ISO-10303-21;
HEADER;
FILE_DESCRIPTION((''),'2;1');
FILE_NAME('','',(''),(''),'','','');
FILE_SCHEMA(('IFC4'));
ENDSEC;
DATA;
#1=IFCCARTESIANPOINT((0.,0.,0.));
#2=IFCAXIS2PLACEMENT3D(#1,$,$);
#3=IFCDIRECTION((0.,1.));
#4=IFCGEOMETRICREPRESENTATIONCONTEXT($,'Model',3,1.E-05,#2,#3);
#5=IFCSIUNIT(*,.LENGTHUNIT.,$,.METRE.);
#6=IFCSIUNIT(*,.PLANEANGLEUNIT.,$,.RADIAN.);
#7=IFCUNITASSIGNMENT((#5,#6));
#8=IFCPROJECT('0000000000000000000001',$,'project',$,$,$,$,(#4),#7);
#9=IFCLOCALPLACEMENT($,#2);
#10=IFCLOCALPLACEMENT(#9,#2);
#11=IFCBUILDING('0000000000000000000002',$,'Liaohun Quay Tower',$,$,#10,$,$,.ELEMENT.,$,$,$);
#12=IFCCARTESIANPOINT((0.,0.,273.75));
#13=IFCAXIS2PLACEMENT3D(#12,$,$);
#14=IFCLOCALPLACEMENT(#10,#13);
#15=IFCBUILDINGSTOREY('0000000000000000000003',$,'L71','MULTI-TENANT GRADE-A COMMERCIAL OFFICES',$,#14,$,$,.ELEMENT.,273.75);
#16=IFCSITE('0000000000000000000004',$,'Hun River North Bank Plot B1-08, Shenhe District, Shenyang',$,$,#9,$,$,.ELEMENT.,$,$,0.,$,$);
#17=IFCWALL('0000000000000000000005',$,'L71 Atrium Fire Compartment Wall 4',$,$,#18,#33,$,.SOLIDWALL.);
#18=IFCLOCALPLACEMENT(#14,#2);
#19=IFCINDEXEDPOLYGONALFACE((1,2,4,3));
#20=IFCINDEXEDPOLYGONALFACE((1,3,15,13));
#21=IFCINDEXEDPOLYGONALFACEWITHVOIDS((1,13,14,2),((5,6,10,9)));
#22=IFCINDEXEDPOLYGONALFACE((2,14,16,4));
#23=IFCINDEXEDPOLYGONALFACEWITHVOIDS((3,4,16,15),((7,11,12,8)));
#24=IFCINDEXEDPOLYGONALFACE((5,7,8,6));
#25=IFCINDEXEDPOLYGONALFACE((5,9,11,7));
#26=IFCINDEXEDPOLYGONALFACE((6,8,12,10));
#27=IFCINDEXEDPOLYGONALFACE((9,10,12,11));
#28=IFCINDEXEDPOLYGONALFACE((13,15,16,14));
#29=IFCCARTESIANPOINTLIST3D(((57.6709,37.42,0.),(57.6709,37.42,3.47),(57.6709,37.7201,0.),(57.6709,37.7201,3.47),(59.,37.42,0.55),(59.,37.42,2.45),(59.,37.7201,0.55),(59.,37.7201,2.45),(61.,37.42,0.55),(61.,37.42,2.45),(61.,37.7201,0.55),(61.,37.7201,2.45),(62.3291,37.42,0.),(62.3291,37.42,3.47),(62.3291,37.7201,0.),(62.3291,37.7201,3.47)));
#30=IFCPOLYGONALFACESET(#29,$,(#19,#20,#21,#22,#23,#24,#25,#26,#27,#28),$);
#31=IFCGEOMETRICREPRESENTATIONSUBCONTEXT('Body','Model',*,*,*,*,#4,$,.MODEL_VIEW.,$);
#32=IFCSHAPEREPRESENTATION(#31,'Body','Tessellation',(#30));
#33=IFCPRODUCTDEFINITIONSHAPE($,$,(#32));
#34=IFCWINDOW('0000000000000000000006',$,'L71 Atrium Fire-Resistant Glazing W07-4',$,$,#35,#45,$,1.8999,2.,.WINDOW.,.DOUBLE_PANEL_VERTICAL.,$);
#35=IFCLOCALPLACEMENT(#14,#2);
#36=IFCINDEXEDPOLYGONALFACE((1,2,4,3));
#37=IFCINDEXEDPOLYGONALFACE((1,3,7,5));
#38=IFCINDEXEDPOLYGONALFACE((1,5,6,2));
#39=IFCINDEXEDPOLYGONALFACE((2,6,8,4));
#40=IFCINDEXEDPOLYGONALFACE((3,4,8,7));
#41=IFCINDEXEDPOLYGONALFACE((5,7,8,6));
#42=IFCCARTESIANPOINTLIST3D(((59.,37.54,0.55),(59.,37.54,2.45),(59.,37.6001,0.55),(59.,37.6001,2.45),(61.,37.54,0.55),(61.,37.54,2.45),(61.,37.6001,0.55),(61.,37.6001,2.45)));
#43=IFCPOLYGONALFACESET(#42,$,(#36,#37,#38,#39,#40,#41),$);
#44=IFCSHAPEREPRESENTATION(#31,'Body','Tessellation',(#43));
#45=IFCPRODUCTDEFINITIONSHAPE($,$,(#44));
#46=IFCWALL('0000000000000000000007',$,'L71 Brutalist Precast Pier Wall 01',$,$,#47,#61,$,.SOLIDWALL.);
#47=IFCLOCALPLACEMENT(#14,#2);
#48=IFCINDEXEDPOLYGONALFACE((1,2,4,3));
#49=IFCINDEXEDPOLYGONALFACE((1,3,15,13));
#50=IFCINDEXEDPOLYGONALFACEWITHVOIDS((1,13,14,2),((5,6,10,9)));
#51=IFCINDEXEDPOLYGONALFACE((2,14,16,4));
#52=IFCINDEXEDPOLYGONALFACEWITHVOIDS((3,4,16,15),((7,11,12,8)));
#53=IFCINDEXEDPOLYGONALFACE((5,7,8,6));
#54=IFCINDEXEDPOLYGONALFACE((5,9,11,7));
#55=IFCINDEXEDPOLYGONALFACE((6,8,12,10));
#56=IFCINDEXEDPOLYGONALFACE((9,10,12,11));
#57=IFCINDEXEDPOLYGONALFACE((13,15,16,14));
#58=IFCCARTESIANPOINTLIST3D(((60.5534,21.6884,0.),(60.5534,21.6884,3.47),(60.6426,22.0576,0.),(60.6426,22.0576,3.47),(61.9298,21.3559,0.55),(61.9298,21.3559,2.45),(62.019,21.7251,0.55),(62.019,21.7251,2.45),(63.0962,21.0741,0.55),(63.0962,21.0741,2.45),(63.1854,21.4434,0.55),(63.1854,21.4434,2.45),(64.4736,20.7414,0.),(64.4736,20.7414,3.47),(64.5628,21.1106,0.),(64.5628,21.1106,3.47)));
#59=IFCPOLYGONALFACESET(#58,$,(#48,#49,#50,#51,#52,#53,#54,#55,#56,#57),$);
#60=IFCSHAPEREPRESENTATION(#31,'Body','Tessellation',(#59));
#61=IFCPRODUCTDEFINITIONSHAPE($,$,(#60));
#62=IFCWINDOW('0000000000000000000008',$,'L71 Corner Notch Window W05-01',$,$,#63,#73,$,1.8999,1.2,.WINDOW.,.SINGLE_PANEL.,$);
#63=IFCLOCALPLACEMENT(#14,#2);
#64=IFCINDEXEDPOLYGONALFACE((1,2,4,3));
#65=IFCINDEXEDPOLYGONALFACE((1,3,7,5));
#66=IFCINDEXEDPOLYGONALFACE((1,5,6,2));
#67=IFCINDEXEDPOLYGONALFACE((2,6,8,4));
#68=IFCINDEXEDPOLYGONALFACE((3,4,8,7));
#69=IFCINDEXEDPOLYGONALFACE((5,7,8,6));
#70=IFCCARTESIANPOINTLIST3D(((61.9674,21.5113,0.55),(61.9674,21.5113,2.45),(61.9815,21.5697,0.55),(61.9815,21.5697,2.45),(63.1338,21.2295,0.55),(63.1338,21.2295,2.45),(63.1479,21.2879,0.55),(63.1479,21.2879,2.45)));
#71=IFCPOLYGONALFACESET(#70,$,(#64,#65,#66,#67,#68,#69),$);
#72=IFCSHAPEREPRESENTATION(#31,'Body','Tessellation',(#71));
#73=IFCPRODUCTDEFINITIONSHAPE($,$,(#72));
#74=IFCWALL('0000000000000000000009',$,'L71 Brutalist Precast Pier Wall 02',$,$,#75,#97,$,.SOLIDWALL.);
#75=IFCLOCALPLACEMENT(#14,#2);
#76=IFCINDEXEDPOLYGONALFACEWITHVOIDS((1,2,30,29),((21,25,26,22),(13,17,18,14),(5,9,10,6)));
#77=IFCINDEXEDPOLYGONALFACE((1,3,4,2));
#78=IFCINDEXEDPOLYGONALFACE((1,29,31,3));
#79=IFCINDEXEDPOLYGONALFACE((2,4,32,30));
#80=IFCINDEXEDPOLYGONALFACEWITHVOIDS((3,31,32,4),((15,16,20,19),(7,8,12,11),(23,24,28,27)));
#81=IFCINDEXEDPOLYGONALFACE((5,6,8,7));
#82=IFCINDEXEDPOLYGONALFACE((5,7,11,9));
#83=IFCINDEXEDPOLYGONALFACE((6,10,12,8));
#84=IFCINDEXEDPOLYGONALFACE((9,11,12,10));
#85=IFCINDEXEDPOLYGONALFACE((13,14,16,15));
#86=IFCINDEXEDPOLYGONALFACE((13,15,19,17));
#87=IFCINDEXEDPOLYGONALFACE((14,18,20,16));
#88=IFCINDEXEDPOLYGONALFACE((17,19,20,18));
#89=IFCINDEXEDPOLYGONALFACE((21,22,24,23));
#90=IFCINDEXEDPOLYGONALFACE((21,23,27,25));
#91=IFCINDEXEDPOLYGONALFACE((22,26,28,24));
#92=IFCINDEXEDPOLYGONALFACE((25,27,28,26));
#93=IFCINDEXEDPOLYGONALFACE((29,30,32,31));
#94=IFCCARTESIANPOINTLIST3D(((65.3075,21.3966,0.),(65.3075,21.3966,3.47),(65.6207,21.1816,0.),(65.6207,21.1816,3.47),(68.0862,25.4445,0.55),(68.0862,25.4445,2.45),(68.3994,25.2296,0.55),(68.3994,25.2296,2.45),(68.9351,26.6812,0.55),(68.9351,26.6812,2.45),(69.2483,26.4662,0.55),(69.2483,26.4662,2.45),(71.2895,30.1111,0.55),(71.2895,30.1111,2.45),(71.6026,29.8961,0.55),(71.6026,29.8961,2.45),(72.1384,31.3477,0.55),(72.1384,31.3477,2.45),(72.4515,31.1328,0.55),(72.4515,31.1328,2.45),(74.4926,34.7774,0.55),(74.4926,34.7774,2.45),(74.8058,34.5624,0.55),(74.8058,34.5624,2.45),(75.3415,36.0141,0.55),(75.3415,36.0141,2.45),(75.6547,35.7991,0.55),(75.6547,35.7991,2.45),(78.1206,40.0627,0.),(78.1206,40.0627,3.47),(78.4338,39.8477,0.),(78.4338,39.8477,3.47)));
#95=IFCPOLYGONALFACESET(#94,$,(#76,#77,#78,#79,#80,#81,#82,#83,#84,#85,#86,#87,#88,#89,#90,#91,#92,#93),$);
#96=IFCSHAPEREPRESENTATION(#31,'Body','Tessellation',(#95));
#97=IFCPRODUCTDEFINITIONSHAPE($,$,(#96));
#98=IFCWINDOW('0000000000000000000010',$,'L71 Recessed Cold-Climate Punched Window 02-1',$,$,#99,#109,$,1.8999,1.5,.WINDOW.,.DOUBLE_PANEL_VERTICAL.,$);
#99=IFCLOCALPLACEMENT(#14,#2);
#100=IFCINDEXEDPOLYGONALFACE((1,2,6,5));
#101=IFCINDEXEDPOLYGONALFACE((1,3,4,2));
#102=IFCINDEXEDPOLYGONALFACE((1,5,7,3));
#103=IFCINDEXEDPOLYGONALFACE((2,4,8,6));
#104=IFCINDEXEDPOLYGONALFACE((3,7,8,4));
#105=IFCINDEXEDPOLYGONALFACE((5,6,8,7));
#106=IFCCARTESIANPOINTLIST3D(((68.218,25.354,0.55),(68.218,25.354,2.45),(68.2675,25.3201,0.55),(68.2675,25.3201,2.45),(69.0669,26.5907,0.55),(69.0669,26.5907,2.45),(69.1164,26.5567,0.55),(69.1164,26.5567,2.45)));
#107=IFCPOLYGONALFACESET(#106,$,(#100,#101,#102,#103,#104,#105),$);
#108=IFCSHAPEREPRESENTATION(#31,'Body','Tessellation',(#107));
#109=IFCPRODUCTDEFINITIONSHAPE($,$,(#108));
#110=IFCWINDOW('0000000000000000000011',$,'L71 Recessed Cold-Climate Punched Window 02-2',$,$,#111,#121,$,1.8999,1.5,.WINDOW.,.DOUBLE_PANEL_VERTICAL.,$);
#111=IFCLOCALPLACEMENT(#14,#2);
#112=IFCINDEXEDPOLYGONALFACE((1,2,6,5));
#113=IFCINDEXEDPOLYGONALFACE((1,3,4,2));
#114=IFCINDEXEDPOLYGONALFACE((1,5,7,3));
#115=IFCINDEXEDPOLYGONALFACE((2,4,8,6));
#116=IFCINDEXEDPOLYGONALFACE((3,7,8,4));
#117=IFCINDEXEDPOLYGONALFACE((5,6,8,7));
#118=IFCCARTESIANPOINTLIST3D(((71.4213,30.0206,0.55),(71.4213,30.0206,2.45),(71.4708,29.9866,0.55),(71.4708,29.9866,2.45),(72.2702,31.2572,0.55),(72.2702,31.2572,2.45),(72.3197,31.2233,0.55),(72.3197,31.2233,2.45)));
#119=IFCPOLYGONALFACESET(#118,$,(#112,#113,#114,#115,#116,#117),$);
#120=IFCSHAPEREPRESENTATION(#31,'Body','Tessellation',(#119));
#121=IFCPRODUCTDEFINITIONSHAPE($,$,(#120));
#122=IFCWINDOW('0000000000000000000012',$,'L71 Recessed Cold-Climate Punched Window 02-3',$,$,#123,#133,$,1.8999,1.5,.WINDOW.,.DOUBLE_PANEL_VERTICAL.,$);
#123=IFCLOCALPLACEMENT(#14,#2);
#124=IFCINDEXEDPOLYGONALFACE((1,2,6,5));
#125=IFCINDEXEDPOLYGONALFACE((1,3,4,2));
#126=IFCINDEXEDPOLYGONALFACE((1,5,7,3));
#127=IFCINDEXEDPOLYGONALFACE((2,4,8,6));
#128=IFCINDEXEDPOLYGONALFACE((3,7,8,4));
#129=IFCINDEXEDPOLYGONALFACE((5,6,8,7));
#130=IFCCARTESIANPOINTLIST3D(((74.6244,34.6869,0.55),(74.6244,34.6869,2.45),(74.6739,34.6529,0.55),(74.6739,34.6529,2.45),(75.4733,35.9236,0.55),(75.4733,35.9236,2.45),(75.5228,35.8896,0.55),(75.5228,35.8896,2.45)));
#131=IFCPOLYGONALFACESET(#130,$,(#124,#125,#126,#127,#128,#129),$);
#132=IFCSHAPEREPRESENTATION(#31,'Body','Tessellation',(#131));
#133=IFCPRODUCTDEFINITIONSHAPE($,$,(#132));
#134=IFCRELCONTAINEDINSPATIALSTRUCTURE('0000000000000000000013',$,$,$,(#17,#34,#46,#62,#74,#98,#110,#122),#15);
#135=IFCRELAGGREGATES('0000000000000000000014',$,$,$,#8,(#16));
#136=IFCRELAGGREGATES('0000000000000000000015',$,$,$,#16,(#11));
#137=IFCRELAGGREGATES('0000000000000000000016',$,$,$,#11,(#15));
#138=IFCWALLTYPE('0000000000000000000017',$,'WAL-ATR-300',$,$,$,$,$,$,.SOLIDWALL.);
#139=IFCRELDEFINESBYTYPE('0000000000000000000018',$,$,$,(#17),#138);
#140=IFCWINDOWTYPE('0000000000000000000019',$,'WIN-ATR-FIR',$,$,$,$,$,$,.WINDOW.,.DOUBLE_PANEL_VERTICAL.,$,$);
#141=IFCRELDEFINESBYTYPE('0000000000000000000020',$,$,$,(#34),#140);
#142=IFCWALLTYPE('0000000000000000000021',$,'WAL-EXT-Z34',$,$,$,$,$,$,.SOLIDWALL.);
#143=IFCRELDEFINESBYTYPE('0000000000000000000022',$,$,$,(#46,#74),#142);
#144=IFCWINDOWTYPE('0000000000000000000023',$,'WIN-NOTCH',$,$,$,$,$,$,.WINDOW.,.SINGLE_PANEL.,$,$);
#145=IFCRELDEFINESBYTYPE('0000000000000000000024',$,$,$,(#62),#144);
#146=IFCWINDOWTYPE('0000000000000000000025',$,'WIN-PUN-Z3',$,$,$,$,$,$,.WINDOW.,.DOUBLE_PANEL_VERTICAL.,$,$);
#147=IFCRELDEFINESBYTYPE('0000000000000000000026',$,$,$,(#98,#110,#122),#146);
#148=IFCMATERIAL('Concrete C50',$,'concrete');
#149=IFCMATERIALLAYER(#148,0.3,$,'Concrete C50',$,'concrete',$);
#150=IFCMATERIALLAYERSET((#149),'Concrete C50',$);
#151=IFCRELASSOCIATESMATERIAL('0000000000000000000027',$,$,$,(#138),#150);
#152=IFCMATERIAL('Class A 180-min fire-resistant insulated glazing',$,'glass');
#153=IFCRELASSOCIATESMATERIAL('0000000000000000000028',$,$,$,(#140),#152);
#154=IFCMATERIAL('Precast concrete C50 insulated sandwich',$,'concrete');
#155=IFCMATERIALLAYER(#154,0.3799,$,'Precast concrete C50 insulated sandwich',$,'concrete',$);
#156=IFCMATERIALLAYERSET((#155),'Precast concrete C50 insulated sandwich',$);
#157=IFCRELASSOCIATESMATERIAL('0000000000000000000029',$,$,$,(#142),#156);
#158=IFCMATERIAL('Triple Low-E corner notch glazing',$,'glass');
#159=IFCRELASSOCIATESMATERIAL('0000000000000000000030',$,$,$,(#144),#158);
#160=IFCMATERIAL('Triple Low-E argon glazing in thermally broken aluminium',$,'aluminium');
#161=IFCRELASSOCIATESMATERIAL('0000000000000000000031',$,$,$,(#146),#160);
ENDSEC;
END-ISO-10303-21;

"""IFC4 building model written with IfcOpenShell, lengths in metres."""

from ifc_helpers import new_model, si_unit, direction, frame, frame_2d, origin, place, context, subcontext, project, spatial, rectangle, extrude, source, transform, mapped, material, layer, layer_set, type_object, element, fill, save


model = new_model("IFC4")

# Units and contexts
model_context = context("Model", 3, precision=1e-05, world=origin(), true_north=direction((0.0, 1.0)))
body_context = subcontext(model_context, "Body", "Model", "MODEL_VIEW")
ifc_project = project(units=[si_unit("LENGTHUNIT", "METRE"), si_unit("PLANEANGLEUNIT", "RADIAN")], contexts=[model_context])

# Site, building, storey
site_placement = place(None, origin())
site = spatial("IfcSite", under=ifc_project, at=site_placement, Name="Hun River North Bank Plot B1-08, Shenhe District, Shenyang", CompositionType="ELEMENT", RefElevation=0.0)
building_placement = place(site_placement, origin())
building = spatial("IfcBuilding", under=site, at=building_placement, Name="Liaohun Quay Tower", CompositionType="ELEMENT")
storey_placement = place(building_placement, frame((0.0, 0.0, 273.75)))
storey = spatial("IfcBuildingStorey", under=building, at=storey_placement, Name="L71", Description="MULTI-TENANT GRADE-A COMMERCIAL OFFICES", CompositionType="ELEMENT", Elevation=273.75)

# Walls, openings, windows
ifc_material_1 = material(Name="Concrete C50", Category="concrete")
ifc_layer_1 = layer(ifc_material_1, 0.3, Name="Concrete C50", Category="concrete")
ifc_layer_set_1 = layer_set([ifc_layer_1], Name="Concrete C50")
wall_type_1 = type_object("IfcWallType", Name="WAL-ATR-300", PredefinedType="SOLIDWALL", material=ifc_layer_set_1)
shared_shape_1 = source(origin(), body_context, "Body", "SweptSolid", [
    extrude(rectangle(XDim=2.0, YDim=1.8999, at=frame_2d((1.0, 0.95))), frame((0.0, 0.1599, 0.0), z_axis=(0.0, -1.0, 0.0), x_axis=(1.0, 0.0, 0.0)), (0.0, 0.0, 1.0), 0.3201),
])
ifc_material_2 = material(Name="Class A 180-min fire-resistant insulated glazing", Category="glass")
window_type_1 = type_object("IfcWindowType", Name="WIN-ATR-FIR", PartitioningType="DOUBLE_PANEL_VERTICAL", PredefinedType="WINDOW", material=ifc_material_2)
shared_shape_2 = source(origin(), body_context, "Body", "SweptSolid", [
    extrude(rectangle(XDim=2.0, YDim=1.8999, at=frame_2d((1.0, 0.95))), frame((0.0, 0.03, 0.0), z_axis=(0.0, -1.0, 0.0), x_axis=(1.0, 0.0, 0.0)), (0.0, 0.0, 1.0), 0.0601),
])
wall_1_placement = place(storey_placement, frame((62.3291, 37.5701, 0.0), z_axis=(0.0, 0.0, 1.0), x_axis=(-1.0, 0.0, 0.0)))
wall_1 = element("IfcWall", 1, at=wall_1_placement, inside=storey, type_object=wall_type_1, Name="L71 Atrium Fire Compartment Wall 4", PredefinedType="SOLIDWALL", context=body_context, shape_type="SweptSolid", body=[
    extrude(rectangle(XDim=4.6582, YDim=0.3, at=frame_2d((2.3291, 0.0))), origin(), (0.0, 0.0, 1.0), 3.47),
])
opening_1_placement = place(wall_1_placement, frame((1.3291, 0.0, 0.55)))
opening_1 = element("IfcOpeningElement", 2, at=opening_1_placement, cuts=wall_1, PredefinedType="OPENING", context=body_context, shape_type="MappedRepresentation", body=[
    mapped(shared_shape_1, transform((0.0, 0.0, 0.0), x_axis=(1.0, 0.0, 0.0), y_axis=(0.0, 1.0, 0.0), z_axis=(0.0, 0.0, 1.0), scale=1.0)),
])
window_1_placement = place(opening_1_placement, origin())
window_1 = element("IfcWindow", 3, at=window_1_placement, inside=storey, type_object=window_type_1, Name="L71 Atrium Fire-Resistant Glazing W07-4", OverallHeight=1.8999, OverallWidth=2.0, PartitioningType="DOUBLE_PANEL_VERTICAL", PredefinedType="WINDOW", context=body_context, shape_type="MappedRepresentation", body=[
    mapped(shared_shape_2, transform((0.0, 0.0, 0.0), x_axis=(1.0, 0.0, 0.0), y_axis=(0.0, 1.0, 0.0), z_axis=(0.0, 0.0, 1.0), scale=1.0)),
])
fill(opening_1, window_1)
ifc_material_3 = material(Name="Precast concrete C50 insulated sandwich", Category="concrete")
ifc_layer_2 = layer(ifc_material_3, 0.3799, Name="Precast concrete C50 insulated sandwich", Category="concrete")
ifc_layer_set_2 = layer_set([ifc_layer_2], Name="Precast concrete C50 insulated sandwich")
wall_type_2 = type_object("IfcWallType", Name="WAL-EXT-Z34", PredefinedType="SOLIDWALL", material=ifc_layer_set_2)
wall_2_placement = place(storey_placement, frame((60.5979, 21.873, 0.0), z_axis=(0.0, 0.0, 1.0), x_axis=(0.972038, -0.234822, 0.0)))
wall_2 = element("IfcWall", 4, at=wall_2_placement, inside=storey, type_object=wall_type_2, Name="L71 Brutalist Precast Pier Wall 01", PredefinedType="SOLIDWALL", context=body_context, shape_type="SweptSolid", body=[
    extrude(rectangle(XDim=4.033, YDim=0.3799, at=frame_2d((2.0166, 0.0))), origin(), (0.0, 0.0, 1.0), 3.47),
])
shared_shape_3 = source(origin(), body_context, "Body", "SweptSolid", [
    extrude(rectangle(XDim=1.2, YDim=1.8999, at=frame_2d((0.6001, 0.95))), frame((0.0, 0.2, 0.0), z_axis=(0.0, -1.0, 0.0), x_axis=(1.0, 0.0, 0.0)), (0.0, 0.0, 1.0), 0.3999),
])
opening_2_placement = place(wall_2_placement, frame((1.416, 0.0, 0.55)))
opening_2 = element("IfcOpeningElement", 5, at=opening_2_placement, cuts=wall_2, PredefinedType="OPENING", context=body_context, shape_type="MappedRepresentation", body=[
    mapped(shared_shape_3, transform((0.0, 0.0, 0.0), x_axis=(1.0, 0.0, 0.0), y_axis=(0.0, 1.0, 0.0), z_axis=(0.0, 0.0, 1.0), scale=1.0)),
])
ifc_material_4 = material(Name="Triple Low-E corner notch glazing", Category="glass")
window_type_2 = type_object("IfcWindowType", Name="WIN-NOTCH", PartitioningType="SINGLE_PANEL", PredefinedType="WINDOW", material=ifc_material_4)
shared_shape_4 = source(origin(), body_context, "Body", "SweptSolid", [
    extrude(rectangle(XDim=1.2, YDim=1.8999, at=frame_2d((0.6001, 0.95))), frame((0.0, 0.03, 0.0), z_axis=(0.0, -1.0, 0.0), x_axis=(1.0, 0.0, 0.0)), (0.0, 0.0, 1.0), 0.0601),
])
window_2_placement = place(opening_2_placement, origin())
window_2 = element("IfcWindow", 6, at=window_2_placement, inside=storey, type_object=window_type_2, Name="L71 Corner Notch Window W05-01", OverallHeight=1.8999, OverallWidth=1.2, PartitioningType="SINGLE_PANEL", PredefinedType="WINDOW", context=body_context, shape_type="MappedRepresentation", body=[
    mapped(shared_shape_4, transform((0.0, 0.0, 0.0), x_axis=(1.0, 0.0, 0.0), y_axis=(0.0, 1.0, 0.0), z_axis=(0.0, 0.0, 1.0), scale=1.0)),
])
fill(opening_2, window_2)

# Wall, openings, windows
wall_3_placement = place(storey_placement, frame((65.4641, 21.2891, 0.0), z_axis=(0.0, 0.0, 1.0), x_axis=(0.565932, 0.824452, 0.0)))
wall_3 = element("IfcWall", 7, at=wall_3_placement, inside=storey, type_object=wall_type_2, Name="L71 Brutalist Precast Pier Wall 02", PredefinedType="SOLIDWALL", context=body_context, shape_type="SweptSolid", body=[
    extrude(rectangle(XDim=22.6406, YDim=0.3799, at=frame_2d((11.3203, 0.0))), origin(), (0.0, 0.0, 1.0), 3.47),
])
shared_shape_5 = source(origin(), body_context, "Body", "SweptSolid", [
    extrude(rectangle(XDim=1.5, YDim=1.8999, at=frame_2d((0.75, 0.95))), frame((0.0, 0.2, 0.0), z_axis=(0.0, -1.0, 0.0), x_axis=(1.0, 0.0, 0.0)), (0.0, 0.0, 1.0), 0.3999),
])
opening_3_placement = place(wall_3_placement, frame((4.9099, 0.0, 0.55)))
opening_3 = element("IfcOpeningElement", 8, at=opening_3_placement, cuts=wall_3, PredefinedType="OPENING", context=body_context, shape_type="MappedRepresentation", body=[
    mapped(shared_shape_5, transform((0.0, 0.0, 0.0), x_axis=(1.0, 0.0, 0.0), y_axis=(0.0, 1.0, 0.0), z_axis=(0.0, 0.0, 1.0), scale=1.0)),
])
opening_4_placement = place(wall_3_placement, frame((10.5701, 0.0, 0.55)))
opening_4 = element("IfcOpeningElement", 9, at=opening_4_placement, cuts=wall_3, PredefinedType="OPENING", context=body_context, shape_type="MappedRepresentation", body=[
    mapped(shared_shape_5, transform((0.0, 0.0, 0.0), x_axis=(1.0, 0.0, 0.0), y_axis=(0.0, 1.0, 0.0), z_axis=(0.0, 0.0, 1.0), scale=1.0)),
])
opening_5_placement = place(wall_3_placement, frame((16.23, 0.0, 0.55)))
opening_5 = element("IfcOpeningElement", 10, at=opening_5_placement, cuts=wall_3, PredefinedType="OPENING", context=body_context, shape_type="MappedRepresentation", body=[
    mapped(shared_shape_5, transform((0.0, 0.0, 0.0), x_axis=(1.0, 0.0, 0.0), y_axis=(0.0, 1.0, 0.0), z_axis=(0.0, 0.0, 1.0), scale=1.0)),
])
ifc_material_5 = material(Name="Triple Low-E argon glazing in thermally broken aluminium", Category="aluminium")
window_type_3 = type_object("IfcWindowType", Name="WIN-PUN-Z3", PartitioningType="DOUBLE_PANEL_VERTICAL", PredefinedType="WINDOW", material=ifc_material_5)
shared_shape_6 = source(origin(), body_context, "Body", "SweptSolid", [
    extrude(rectangle(XDim=1.5, YDim=1.8999, at=frame_2d((0.75, 0.95))), frame((0.0, 0.03, 0.0), z_axis=(0.0, -1.0, 0.0), x_axis=(1.0, 0.0, 0.0)), (0.0, 0.0, 1.0), 0.0601),
])
window_3_placement = place(opening_3_placement, origin())
window_3 = element("IfcWindow", 11, at=window_3_placement, inside=storey, type_object=window_type_3, Name="L71 Recessed Cold-Climate Punched Window 02-1", OverallHeight=1.8999, OverallWidth=1.5, PartitioningType="DOUBLE_PANEL_VERTICAL", PredefinedType="WINDOW", context=body_context, shape_type="MappedRepresentation", body=[
    mapped(shared_shape_6, transform((0.0, 0.0, 0.0), x_axis=(1.0, 0.0, 0.0), y_axis=(0.0, 1.0, 0.0), z_axis=(0.0, 0.0, 1.0), scale=1.0)),
])
fill(opening_3, window_3)
window_4_placement = place(opening_4_placement, origin())
window_4 = element("IfcWindow", 12, at=window_4_placement, inside=storey, type_object=window_type_3, Name="L71 Recessed Cold-Climate Punched Window 02-2", OverallHeight=1.8999, OverallWidth=1.5, PartitioningType="DOUBLE_PANEL_VERTICAL", PredefinedType="WINDOW", context=body_context, shape_type="MappedRepresentation", body=[
    mapped(shared_shape_6, transform((0.0, 0.0, 0.0), x_axis=(1.0, 0.0, 0.0), y_axis=(0.0, 1.0, 0.0), z_axis=(0.0, 0.0, 1.0), scale=1.0)),
])
fill(opening_4, window_4)
window_5_placement = place(opening_5_placement, origin())
window_5 = element("IfcWindow", 13, at=window_5_placement, inside=storey, type_object=window_type_3, Name="L71 Recessed Cold-Climate Punched Window 02-3", OverallHeight=1.8999, OverallWidth=1.5, PartitioningType="DOUBLE_PANEL_VERTICAL", PredefinedType="WINDOW", context=body_context, shape_type="MappedRepresentation", body=[
    mapped(shared_shape_6, transform((0.0, 0.0, 0.0), x_axis=(1.0, 0.0, 0.0), y_axis=(0.0, 1.0, 0.0), z_axis=(0.0, 0.0, 1.0), scale=1.0)),
])
fill(opening_5, window_5)

save(model, "model.ifc")
